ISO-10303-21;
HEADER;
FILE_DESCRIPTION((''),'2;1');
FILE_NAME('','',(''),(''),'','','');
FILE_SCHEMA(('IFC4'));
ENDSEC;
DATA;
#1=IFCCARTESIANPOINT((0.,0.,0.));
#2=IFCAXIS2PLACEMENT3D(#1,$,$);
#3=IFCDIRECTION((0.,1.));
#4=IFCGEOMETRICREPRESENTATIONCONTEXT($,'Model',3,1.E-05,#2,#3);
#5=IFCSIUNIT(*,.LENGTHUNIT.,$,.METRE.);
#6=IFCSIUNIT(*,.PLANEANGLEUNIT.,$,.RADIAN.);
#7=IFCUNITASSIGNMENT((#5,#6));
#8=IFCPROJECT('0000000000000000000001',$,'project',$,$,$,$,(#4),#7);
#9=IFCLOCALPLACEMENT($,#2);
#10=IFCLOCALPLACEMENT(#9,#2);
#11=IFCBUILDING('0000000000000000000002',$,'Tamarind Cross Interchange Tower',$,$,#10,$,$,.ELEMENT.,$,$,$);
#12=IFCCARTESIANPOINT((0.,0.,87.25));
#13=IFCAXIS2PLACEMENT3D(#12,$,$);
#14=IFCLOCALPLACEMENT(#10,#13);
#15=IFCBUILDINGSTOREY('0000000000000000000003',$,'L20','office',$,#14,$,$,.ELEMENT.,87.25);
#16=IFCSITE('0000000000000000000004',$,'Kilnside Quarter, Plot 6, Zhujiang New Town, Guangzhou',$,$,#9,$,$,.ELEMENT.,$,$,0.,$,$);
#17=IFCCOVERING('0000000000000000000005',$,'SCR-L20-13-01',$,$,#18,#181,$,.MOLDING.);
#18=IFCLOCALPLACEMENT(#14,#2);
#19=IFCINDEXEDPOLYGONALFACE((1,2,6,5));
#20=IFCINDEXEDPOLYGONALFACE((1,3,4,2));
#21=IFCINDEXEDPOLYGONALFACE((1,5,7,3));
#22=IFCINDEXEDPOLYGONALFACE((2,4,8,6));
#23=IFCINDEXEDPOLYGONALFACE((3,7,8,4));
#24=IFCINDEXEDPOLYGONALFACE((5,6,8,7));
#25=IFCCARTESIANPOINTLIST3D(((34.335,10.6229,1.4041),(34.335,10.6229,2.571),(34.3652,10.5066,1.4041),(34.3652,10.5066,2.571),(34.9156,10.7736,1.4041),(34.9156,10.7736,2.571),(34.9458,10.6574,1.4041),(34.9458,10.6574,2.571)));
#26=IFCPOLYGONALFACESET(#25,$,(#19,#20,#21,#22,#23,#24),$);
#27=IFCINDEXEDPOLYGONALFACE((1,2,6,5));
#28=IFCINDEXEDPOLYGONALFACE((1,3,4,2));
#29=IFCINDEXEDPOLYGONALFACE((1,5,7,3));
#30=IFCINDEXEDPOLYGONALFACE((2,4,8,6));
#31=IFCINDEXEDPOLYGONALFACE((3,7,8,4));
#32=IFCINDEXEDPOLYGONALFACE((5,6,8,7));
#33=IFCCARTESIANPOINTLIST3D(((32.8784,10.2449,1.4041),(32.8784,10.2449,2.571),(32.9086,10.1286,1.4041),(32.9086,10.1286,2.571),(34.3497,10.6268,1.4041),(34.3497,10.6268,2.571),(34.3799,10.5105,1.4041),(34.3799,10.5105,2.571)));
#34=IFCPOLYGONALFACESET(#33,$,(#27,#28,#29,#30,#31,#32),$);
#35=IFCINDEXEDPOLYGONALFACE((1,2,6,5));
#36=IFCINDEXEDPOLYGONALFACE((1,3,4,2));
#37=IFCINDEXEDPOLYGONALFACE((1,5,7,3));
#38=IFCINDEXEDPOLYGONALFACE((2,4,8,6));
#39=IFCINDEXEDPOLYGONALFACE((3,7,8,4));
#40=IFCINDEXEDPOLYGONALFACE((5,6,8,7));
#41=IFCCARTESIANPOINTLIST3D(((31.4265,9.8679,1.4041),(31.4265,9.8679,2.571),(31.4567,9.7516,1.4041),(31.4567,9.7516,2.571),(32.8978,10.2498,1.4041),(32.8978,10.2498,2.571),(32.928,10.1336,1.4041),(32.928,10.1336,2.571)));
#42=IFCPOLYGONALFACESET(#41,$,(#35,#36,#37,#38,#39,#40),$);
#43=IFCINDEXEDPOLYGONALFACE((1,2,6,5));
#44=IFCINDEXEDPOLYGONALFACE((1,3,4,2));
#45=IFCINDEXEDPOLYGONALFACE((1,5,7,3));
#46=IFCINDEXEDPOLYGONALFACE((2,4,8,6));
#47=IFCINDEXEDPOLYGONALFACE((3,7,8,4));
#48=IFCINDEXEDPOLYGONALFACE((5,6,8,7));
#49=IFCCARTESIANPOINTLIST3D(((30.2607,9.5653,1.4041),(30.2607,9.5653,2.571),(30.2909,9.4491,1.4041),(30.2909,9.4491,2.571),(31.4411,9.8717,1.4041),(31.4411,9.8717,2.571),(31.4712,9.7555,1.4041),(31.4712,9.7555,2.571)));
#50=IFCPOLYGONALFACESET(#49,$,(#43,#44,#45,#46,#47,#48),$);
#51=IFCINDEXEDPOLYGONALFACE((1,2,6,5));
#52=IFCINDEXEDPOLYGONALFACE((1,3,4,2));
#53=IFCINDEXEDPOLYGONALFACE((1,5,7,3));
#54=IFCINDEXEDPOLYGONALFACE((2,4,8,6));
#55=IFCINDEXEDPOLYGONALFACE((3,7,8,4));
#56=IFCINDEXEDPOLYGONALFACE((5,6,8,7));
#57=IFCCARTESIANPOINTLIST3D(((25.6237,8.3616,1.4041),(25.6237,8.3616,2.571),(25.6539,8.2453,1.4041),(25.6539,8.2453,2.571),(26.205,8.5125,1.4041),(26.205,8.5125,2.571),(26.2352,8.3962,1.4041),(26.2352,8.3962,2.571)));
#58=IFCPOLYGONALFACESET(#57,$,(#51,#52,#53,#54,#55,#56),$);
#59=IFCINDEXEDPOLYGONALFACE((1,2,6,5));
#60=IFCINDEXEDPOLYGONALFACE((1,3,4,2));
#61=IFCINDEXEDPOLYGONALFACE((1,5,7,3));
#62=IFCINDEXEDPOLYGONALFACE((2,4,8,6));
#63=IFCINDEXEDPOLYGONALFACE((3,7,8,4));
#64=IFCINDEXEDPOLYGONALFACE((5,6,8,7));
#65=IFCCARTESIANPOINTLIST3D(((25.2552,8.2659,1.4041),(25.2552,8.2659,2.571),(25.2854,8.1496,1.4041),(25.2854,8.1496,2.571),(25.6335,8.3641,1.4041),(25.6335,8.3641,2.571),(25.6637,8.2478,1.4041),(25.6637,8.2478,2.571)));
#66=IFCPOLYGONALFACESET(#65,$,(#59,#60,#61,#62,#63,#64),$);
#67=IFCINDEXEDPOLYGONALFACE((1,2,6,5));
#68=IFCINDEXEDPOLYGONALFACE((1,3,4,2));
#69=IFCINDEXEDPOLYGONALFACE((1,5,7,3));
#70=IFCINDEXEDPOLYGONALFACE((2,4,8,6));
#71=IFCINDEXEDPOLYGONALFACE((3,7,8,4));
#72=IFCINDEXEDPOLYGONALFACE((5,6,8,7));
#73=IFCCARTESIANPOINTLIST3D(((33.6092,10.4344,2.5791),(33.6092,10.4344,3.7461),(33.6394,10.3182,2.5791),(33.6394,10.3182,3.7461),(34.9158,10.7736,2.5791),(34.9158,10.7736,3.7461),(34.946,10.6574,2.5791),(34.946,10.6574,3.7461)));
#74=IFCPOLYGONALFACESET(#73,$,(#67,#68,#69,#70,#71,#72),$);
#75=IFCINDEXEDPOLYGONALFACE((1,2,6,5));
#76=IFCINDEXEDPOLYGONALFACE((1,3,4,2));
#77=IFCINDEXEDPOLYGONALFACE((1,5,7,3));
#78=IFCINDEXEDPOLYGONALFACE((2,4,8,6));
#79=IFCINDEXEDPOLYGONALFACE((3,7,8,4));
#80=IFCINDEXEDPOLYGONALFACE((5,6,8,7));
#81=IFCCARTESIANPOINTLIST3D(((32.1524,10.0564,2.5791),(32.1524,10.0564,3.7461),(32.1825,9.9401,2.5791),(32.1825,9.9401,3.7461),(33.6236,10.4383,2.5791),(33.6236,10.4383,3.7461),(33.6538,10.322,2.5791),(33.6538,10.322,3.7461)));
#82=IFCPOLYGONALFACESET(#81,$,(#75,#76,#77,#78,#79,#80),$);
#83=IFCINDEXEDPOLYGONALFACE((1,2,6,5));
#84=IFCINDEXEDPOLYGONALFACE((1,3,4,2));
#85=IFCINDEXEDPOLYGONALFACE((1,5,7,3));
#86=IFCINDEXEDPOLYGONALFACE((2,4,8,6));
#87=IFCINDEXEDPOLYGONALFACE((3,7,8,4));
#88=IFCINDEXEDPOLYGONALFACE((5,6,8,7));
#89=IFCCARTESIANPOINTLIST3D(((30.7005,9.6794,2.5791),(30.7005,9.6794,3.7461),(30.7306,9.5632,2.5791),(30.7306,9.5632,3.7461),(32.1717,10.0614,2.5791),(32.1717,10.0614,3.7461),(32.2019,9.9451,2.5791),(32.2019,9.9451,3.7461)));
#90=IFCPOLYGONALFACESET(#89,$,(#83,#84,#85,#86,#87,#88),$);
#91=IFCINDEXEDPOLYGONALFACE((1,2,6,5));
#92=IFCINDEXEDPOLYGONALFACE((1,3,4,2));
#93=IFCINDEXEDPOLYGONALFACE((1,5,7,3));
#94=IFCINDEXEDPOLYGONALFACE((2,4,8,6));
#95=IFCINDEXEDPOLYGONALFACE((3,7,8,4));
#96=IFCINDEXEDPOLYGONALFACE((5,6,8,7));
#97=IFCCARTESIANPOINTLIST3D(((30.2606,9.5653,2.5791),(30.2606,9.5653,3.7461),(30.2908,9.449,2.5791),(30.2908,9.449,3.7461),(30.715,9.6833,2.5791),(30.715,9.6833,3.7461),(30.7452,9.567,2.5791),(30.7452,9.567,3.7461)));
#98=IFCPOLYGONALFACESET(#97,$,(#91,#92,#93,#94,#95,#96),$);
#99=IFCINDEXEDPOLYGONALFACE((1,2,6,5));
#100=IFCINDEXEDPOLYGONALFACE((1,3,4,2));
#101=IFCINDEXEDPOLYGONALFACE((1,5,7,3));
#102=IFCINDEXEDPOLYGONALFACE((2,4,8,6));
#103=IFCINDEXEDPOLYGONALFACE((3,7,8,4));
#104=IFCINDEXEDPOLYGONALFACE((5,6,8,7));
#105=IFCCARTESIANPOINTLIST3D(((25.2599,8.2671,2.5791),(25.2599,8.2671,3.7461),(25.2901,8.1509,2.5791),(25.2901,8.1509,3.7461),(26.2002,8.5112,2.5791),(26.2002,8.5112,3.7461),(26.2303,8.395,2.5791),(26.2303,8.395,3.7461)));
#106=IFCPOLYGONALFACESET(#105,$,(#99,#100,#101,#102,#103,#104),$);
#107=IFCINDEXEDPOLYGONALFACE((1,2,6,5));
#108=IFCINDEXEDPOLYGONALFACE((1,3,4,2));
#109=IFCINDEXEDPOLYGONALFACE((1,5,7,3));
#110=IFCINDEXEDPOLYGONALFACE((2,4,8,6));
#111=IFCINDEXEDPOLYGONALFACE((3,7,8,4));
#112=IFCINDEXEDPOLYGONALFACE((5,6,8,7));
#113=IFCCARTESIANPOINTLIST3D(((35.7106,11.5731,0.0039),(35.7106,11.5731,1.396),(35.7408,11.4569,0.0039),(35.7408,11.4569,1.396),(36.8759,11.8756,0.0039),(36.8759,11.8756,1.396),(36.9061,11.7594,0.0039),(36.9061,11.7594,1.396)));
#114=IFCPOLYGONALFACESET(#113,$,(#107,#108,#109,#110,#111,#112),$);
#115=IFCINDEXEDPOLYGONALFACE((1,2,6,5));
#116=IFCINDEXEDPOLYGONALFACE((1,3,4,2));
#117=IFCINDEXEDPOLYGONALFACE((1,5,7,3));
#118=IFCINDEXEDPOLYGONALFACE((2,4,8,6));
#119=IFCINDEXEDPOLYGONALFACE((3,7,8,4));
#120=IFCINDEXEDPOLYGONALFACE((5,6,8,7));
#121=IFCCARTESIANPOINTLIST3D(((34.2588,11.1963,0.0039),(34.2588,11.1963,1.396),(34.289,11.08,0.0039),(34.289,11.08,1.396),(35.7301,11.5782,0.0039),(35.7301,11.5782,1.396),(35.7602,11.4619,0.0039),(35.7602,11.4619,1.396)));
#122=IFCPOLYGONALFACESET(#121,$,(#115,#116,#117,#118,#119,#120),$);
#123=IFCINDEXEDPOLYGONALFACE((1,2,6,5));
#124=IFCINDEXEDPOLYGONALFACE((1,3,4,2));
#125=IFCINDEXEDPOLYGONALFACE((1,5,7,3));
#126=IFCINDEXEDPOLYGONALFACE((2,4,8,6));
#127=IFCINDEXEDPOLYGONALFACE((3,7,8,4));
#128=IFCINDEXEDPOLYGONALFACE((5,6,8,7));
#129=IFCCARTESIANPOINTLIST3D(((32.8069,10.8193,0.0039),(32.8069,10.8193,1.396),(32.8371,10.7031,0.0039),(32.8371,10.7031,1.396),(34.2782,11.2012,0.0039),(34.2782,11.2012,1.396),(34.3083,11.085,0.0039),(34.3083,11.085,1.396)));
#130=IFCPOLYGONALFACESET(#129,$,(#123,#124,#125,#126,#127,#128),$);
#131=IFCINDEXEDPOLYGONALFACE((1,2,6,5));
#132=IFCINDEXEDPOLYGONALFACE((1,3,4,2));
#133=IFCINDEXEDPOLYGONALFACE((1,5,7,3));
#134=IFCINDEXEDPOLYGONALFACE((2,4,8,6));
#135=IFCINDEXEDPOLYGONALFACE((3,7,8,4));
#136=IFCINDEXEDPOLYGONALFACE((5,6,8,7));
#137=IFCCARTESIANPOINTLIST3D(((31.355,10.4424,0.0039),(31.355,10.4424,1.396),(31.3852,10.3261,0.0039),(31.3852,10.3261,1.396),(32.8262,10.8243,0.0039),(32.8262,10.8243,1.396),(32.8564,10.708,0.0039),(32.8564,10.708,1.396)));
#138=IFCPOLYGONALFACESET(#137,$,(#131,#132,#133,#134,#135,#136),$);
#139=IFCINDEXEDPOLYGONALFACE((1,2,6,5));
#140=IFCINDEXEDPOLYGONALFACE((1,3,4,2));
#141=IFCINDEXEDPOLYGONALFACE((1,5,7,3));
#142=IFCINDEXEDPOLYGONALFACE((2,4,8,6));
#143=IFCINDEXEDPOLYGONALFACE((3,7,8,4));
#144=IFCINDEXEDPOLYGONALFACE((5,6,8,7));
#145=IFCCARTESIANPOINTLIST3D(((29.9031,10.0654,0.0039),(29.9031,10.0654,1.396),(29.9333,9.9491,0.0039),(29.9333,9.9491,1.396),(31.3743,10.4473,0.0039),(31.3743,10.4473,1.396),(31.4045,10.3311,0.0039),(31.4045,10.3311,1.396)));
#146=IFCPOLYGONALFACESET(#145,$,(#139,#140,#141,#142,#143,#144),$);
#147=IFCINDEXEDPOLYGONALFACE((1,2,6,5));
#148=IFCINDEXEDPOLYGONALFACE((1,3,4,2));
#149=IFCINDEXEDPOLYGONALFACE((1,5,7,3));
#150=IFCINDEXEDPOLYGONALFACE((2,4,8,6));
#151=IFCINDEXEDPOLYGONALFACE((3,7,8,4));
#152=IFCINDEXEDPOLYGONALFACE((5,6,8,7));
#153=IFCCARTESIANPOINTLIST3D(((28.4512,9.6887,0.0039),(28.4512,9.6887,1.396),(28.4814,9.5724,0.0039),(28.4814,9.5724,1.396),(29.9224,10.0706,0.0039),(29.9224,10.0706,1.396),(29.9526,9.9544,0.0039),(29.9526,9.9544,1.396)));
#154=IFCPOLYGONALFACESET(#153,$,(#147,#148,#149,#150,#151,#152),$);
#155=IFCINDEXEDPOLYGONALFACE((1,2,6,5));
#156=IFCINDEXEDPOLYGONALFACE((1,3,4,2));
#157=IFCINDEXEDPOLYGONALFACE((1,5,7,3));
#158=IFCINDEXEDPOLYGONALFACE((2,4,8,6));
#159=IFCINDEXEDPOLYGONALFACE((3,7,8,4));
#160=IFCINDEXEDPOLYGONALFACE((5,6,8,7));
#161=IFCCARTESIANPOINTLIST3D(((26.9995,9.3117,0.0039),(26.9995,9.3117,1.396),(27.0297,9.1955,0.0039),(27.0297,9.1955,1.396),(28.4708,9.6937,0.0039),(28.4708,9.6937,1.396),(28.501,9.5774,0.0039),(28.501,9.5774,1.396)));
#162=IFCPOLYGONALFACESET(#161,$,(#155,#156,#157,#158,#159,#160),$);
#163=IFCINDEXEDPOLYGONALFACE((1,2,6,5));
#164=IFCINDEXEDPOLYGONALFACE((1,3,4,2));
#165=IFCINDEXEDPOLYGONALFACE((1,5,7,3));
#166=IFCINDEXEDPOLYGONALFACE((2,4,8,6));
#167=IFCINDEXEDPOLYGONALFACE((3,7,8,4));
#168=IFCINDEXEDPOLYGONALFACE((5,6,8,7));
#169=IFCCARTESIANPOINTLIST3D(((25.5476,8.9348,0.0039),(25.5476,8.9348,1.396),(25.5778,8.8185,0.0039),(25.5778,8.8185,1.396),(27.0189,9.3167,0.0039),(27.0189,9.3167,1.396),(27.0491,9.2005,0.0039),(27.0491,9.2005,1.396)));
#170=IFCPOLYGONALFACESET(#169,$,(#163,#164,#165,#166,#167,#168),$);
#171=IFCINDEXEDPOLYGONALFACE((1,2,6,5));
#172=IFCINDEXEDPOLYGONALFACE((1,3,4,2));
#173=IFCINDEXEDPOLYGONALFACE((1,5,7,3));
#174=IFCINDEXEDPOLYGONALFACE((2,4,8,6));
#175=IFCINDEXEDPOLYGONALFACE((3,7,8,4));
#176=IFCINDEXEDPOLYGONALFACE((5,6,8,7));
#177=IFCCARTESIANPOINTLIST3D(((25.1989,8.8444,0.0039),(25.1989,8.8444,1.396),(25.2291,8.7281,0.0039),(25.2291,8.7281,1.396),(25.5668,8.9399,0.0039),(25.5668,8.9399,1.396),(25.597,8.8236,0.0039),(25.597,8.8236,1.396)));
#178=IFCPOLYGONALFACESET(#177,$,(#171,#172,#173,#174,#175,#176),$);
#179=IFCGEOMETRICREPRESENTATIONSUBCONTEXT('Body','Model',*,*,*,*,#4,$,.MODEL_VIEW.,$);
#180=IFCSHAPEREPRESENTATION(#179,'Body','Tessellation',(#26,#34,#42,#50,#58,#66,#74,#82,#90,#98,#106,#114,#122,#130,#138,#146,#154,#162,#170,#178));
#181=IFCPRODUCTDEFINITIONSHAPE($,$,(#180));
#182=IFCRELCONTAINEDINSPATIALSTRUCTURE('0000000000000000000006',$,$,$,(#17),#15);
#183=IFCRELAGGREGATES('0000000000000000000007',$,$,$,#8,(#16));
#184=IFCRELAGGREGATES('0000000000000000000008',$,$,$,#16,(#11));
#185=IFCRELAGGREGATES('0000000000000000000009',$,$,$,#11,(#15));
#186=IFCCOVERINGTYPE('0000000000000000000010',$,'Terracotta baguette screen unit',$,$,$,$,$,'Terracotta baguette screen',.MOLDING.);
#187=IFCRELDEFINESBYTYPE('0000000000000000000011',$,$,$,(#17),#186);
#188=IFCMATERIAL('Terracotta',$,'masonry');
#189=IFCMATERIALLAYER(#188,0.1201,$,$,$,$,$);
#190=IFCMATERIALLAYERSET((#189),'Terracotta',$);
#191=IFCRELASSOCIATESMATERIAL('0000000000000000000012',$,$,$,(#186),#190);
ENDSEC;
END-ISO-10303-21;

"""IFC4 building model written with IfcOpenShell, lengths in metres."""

from ifc_helpers import new_model, si_unit, direction, frame, origin, origin_2d, place, context, subcontext, project, spatial, rectangle, extrude, material, layer, layer_set, type_object, element, save


model = new_model("IFC4")

# Units and contexts
model_context = context("Model", 3, precision=1e-05, world=origin(), true_north=direction((0.0, 1.0)))
body_context = subcontext(model_context, "Body", "Model", "MODEL_VIEW")
ifc_project = project(units=[si_unit("LENGTHUNIT", "METRE"), si_unit("PLANEANGLEUNIT", "RADIAN")], contexts=[model_context])

# Site, building, storey
site_placement = place(None, origin())
site = spatial("IfcSite", under=ifc_project, at=site_placement, Name="Kilnside Quarter, Plot 6, Zhujiang New Town, Guangzhou", CompositionType="ELEMENT", RefElevation=0.0)
building_placement = place(site_placement, origin())
building = spatial("IfcBuilding", under=site, at=building_placement, Name="Tamarind Cross Interchange Tower", CompositionType="ELEMENT")
storey_placement = place(building_placement, frame((0.0, 0.0, 87.25)))
storey = spatial("IfcBuildingStorey", under=building, at=storey_placement, Name="L20", Description="office", CompositionType="ELEMENT", Elevation=87.25)

# Covering
ifc_material_1 = material(Name="Terracotta", Category="masonry")
ifc_layer_1 = layer(ifc_material_1, 0.1201)
ifc_layer_set_1 = layer_set([ifc_layer_1], Name="Terracotta")
covering_type = type_object("IfcCoveringType", Name="Terracotta baguette screen unit", ElementType="Terracotta baguette screen", PredefinedType="MOLDING", material=ifc_layer_set_1)
covering_1_placement = place(storey_placement, origin())
element("IfcCovering", 1, at=covering_1_placement, inside=storey, type_object=covering_type, Name="SCR-L20-13-01", PredefinedType="MOLDING", context=body_context, shape_type="SweptSolid", body=[
    extrude(rectangle(XDim=0.5999, YDim=0.1201, at=origin_2d()), frame((34.6404, 10.6401, 1.4041), z_axis=(0.0, 0.0, 1.0), x_axis=(-0.967918, -0.251267, 0.0)), (0.0, 0.0, 1.0), 1.167),
    extrude(rectangle(XDim=1.52, YDim=0.1201, at=origin_2d()), frame((33.6292, 10.3777, 1.4041), z_axis=(0.0, 0.0, 1.0), x_axis=(-0.967918, -0.251267, 0.0)), (0.0, 0.0, 1.0), 1.167),
    extrude(rectangle(XDim=1.52, YDim=0.1201, at=origin_2d()), frame((32.1772, 10.0007, 1.4041), z_axis=(0.0, 0.0, 1.0), x_axis=(-0.967918, -0.251267, 0.0)), (0.0, 0.0, 1.0), 1.167),
    extrude(rectangle(XDim=1.2195, YDim=0.1201, at=origin_2d()), frame((30.866, 9.6604, 1.4041), z_axis=(0.0, 0.0, 1.0), x_axis=(-0.967918, -0.251267, 0.0)), (0.0, 0.0, 1.0), 1.167),
    extrude(rectangle(XDim=0.6006, YDim=0.1201, at=origin_2d()), frame((25.9294, 8.3789, 1.4041), z_axis=(0.0, 0.0, 1.0), x_axis=(-0.967918, -0.251267, 0.0)), (0.0, 0.0, 1.0), 1.167),
    extrude(rectangle(XDim=0.3909, YDim=0.1201, at=origin_2d()), frame((25.4595, 8.2568, 1.4041), z_axis=(0.0, 0.0, 1.0), x_axis=(-0.967918, -0.251267, 0.0)), (0.0, 0.0, 1.0), 1.167),
    extrude(rectangle(XDim=1.3499, YDim=0.1201, at=origin_2d()), frame((34.2776, 10.5459, 2.5791), z_axis=(0.0, 0.0, 1.0), x_axis=(-0.967918, -0.251267, 0.0)), (0.0, 0.0, 1.0), 1.167),
    extrude(rectangle(XDim=1.52, YDim=0.1201, at=origin_2d()), frame((32.9031, 10.1892, 2.5791), z_axis=(0.0, 0.0, 1.0), x_axis=(-0.967918, -0.251267, 0.0)), (0.0, 0.0, 1.0), 1.167),
    extrude(rectangle(XDim=1.52, YDim=0.1201, at=origin_2d()), frame((31.4512, 9.8123, 2.5791), z_axis=(0.0, 0.0, 1.0), x_axis=(-0.967918, -0.251267, 0.0)), (0.0, 0.0, 1.0), 1.167),
    extrude(rectangle(XDim=0.4695, YDim=0.1201, at=origin_2d()), frame((30.5029, 9.5662, 2.5791), z_axis=(0.0, 0.0, 1.0), x_axis=(-0.967918, -0.251267, 0.0)), (0.0, 0.0, 1.0), 1.167),
    extrude(rectangle(XDim=0.9714, YDim=0.1201, at=origin_2d()), frame((25.7451, 8.3311, 2.5791), z_axis=(0.0, 0.0, 1.0), x_axis=(-0.967918, -0.251267, 0.0)), (0.0, 0.0, 1.0), 1.167),
    extrude(rectangle(XDim=1.2039, YDim=0.1201, at=origin_2d()), frame((36.3083, 11.6663, 0.0039), z_axis=(0.0, 0.0, 1.0), x_axis=(-0.967918, -0.251267, 0.0)), (0.0, 0.0, 1.0), 1.3921),
    extrude(rectangle(XDim=1.52, YDim=0.1201, at=origin_2d()), frame((35.0095, 11.3291, 0.0039), z_axis=(0.0, 0.0, 1.0), x_axis=(-0.967918, -0.251267, 0.0)), (0.0, 0.0, 1.0), 1.3921),
    extrude(rectangle(XDim=1.52, YDim=0.1201, at=origin_2d()), frame((33.5576, 10.9521, 0.0039), z_axis=(0.0, 0.0, 1.0), x_axis=(-0.967918, -0.251267, 0.0)), (0.0, 0.0, 1.0), 1.3921),
    extrude(rectangle(XDim=1.52, YDim=0.1201, at=origin_2d()), frame((32.1057, 10.5752, 0.0039), z_axis=(0.0, 0.0, 1.0), x_axis=(-0.967918, -0.251267, 0.0)), (0.0, 0.0, 1.0), 1.3921),
    extrude(rectangle(XDim=1.52, YDim=0.1201, at=origin_2d()), frame((30.6538, 10.1982, 0.0039), z_axis=(0.0, 0.0, 1.0), x_axis=(-0.967918, -0.251267, 0.0)), (0.0, 0.0, 1.0), 1.3921),
    extrude(rectangle(XDim=1.52, YDim=0.1201, at=origin_2d()), frame((29.2019, 9.8215, 0.0039), z_axis=(0.0, 0.0, 1.0), x_axis=(-0.967918, -0.251267, 0.0)), (0.0, 0.0, 1.0), 1.3921),
    extrude(rectangle(XDim=1.52, YDim=0.1201, at=origin_2d()), frame((27.7502, 9.4446, 0.0039), z_axis=(0.0, 0.0, 1.0), x_axis=(-0.967918, -0.251267, 0.0)), (0.0, 0.0, 1.0), 1.3921),
    extrude(rectangle(XDim=1.52, YDim=0.1201, at=origin_2d()), frame((26.2983, 9.0676, 0.0039), z_axis=(0.0, 0.0, 1.0), x_axis=(-0.967918, -0.251267, 0.0)), (0.0, 0.0, 1.0), 1.3921),
    extrude(rectangle(XDim=0.3801, YDim=0.1201, at=origin_2d()), frame((25.3979, 8.834, 0.0039), z_axis=(0.0, 0.0, 1.0), x_axis=(-0.967918, -0.251267, 0.0)), (0.0, 0.0, 1.0), 1.3921),
])

save(model, "model.ifc")
